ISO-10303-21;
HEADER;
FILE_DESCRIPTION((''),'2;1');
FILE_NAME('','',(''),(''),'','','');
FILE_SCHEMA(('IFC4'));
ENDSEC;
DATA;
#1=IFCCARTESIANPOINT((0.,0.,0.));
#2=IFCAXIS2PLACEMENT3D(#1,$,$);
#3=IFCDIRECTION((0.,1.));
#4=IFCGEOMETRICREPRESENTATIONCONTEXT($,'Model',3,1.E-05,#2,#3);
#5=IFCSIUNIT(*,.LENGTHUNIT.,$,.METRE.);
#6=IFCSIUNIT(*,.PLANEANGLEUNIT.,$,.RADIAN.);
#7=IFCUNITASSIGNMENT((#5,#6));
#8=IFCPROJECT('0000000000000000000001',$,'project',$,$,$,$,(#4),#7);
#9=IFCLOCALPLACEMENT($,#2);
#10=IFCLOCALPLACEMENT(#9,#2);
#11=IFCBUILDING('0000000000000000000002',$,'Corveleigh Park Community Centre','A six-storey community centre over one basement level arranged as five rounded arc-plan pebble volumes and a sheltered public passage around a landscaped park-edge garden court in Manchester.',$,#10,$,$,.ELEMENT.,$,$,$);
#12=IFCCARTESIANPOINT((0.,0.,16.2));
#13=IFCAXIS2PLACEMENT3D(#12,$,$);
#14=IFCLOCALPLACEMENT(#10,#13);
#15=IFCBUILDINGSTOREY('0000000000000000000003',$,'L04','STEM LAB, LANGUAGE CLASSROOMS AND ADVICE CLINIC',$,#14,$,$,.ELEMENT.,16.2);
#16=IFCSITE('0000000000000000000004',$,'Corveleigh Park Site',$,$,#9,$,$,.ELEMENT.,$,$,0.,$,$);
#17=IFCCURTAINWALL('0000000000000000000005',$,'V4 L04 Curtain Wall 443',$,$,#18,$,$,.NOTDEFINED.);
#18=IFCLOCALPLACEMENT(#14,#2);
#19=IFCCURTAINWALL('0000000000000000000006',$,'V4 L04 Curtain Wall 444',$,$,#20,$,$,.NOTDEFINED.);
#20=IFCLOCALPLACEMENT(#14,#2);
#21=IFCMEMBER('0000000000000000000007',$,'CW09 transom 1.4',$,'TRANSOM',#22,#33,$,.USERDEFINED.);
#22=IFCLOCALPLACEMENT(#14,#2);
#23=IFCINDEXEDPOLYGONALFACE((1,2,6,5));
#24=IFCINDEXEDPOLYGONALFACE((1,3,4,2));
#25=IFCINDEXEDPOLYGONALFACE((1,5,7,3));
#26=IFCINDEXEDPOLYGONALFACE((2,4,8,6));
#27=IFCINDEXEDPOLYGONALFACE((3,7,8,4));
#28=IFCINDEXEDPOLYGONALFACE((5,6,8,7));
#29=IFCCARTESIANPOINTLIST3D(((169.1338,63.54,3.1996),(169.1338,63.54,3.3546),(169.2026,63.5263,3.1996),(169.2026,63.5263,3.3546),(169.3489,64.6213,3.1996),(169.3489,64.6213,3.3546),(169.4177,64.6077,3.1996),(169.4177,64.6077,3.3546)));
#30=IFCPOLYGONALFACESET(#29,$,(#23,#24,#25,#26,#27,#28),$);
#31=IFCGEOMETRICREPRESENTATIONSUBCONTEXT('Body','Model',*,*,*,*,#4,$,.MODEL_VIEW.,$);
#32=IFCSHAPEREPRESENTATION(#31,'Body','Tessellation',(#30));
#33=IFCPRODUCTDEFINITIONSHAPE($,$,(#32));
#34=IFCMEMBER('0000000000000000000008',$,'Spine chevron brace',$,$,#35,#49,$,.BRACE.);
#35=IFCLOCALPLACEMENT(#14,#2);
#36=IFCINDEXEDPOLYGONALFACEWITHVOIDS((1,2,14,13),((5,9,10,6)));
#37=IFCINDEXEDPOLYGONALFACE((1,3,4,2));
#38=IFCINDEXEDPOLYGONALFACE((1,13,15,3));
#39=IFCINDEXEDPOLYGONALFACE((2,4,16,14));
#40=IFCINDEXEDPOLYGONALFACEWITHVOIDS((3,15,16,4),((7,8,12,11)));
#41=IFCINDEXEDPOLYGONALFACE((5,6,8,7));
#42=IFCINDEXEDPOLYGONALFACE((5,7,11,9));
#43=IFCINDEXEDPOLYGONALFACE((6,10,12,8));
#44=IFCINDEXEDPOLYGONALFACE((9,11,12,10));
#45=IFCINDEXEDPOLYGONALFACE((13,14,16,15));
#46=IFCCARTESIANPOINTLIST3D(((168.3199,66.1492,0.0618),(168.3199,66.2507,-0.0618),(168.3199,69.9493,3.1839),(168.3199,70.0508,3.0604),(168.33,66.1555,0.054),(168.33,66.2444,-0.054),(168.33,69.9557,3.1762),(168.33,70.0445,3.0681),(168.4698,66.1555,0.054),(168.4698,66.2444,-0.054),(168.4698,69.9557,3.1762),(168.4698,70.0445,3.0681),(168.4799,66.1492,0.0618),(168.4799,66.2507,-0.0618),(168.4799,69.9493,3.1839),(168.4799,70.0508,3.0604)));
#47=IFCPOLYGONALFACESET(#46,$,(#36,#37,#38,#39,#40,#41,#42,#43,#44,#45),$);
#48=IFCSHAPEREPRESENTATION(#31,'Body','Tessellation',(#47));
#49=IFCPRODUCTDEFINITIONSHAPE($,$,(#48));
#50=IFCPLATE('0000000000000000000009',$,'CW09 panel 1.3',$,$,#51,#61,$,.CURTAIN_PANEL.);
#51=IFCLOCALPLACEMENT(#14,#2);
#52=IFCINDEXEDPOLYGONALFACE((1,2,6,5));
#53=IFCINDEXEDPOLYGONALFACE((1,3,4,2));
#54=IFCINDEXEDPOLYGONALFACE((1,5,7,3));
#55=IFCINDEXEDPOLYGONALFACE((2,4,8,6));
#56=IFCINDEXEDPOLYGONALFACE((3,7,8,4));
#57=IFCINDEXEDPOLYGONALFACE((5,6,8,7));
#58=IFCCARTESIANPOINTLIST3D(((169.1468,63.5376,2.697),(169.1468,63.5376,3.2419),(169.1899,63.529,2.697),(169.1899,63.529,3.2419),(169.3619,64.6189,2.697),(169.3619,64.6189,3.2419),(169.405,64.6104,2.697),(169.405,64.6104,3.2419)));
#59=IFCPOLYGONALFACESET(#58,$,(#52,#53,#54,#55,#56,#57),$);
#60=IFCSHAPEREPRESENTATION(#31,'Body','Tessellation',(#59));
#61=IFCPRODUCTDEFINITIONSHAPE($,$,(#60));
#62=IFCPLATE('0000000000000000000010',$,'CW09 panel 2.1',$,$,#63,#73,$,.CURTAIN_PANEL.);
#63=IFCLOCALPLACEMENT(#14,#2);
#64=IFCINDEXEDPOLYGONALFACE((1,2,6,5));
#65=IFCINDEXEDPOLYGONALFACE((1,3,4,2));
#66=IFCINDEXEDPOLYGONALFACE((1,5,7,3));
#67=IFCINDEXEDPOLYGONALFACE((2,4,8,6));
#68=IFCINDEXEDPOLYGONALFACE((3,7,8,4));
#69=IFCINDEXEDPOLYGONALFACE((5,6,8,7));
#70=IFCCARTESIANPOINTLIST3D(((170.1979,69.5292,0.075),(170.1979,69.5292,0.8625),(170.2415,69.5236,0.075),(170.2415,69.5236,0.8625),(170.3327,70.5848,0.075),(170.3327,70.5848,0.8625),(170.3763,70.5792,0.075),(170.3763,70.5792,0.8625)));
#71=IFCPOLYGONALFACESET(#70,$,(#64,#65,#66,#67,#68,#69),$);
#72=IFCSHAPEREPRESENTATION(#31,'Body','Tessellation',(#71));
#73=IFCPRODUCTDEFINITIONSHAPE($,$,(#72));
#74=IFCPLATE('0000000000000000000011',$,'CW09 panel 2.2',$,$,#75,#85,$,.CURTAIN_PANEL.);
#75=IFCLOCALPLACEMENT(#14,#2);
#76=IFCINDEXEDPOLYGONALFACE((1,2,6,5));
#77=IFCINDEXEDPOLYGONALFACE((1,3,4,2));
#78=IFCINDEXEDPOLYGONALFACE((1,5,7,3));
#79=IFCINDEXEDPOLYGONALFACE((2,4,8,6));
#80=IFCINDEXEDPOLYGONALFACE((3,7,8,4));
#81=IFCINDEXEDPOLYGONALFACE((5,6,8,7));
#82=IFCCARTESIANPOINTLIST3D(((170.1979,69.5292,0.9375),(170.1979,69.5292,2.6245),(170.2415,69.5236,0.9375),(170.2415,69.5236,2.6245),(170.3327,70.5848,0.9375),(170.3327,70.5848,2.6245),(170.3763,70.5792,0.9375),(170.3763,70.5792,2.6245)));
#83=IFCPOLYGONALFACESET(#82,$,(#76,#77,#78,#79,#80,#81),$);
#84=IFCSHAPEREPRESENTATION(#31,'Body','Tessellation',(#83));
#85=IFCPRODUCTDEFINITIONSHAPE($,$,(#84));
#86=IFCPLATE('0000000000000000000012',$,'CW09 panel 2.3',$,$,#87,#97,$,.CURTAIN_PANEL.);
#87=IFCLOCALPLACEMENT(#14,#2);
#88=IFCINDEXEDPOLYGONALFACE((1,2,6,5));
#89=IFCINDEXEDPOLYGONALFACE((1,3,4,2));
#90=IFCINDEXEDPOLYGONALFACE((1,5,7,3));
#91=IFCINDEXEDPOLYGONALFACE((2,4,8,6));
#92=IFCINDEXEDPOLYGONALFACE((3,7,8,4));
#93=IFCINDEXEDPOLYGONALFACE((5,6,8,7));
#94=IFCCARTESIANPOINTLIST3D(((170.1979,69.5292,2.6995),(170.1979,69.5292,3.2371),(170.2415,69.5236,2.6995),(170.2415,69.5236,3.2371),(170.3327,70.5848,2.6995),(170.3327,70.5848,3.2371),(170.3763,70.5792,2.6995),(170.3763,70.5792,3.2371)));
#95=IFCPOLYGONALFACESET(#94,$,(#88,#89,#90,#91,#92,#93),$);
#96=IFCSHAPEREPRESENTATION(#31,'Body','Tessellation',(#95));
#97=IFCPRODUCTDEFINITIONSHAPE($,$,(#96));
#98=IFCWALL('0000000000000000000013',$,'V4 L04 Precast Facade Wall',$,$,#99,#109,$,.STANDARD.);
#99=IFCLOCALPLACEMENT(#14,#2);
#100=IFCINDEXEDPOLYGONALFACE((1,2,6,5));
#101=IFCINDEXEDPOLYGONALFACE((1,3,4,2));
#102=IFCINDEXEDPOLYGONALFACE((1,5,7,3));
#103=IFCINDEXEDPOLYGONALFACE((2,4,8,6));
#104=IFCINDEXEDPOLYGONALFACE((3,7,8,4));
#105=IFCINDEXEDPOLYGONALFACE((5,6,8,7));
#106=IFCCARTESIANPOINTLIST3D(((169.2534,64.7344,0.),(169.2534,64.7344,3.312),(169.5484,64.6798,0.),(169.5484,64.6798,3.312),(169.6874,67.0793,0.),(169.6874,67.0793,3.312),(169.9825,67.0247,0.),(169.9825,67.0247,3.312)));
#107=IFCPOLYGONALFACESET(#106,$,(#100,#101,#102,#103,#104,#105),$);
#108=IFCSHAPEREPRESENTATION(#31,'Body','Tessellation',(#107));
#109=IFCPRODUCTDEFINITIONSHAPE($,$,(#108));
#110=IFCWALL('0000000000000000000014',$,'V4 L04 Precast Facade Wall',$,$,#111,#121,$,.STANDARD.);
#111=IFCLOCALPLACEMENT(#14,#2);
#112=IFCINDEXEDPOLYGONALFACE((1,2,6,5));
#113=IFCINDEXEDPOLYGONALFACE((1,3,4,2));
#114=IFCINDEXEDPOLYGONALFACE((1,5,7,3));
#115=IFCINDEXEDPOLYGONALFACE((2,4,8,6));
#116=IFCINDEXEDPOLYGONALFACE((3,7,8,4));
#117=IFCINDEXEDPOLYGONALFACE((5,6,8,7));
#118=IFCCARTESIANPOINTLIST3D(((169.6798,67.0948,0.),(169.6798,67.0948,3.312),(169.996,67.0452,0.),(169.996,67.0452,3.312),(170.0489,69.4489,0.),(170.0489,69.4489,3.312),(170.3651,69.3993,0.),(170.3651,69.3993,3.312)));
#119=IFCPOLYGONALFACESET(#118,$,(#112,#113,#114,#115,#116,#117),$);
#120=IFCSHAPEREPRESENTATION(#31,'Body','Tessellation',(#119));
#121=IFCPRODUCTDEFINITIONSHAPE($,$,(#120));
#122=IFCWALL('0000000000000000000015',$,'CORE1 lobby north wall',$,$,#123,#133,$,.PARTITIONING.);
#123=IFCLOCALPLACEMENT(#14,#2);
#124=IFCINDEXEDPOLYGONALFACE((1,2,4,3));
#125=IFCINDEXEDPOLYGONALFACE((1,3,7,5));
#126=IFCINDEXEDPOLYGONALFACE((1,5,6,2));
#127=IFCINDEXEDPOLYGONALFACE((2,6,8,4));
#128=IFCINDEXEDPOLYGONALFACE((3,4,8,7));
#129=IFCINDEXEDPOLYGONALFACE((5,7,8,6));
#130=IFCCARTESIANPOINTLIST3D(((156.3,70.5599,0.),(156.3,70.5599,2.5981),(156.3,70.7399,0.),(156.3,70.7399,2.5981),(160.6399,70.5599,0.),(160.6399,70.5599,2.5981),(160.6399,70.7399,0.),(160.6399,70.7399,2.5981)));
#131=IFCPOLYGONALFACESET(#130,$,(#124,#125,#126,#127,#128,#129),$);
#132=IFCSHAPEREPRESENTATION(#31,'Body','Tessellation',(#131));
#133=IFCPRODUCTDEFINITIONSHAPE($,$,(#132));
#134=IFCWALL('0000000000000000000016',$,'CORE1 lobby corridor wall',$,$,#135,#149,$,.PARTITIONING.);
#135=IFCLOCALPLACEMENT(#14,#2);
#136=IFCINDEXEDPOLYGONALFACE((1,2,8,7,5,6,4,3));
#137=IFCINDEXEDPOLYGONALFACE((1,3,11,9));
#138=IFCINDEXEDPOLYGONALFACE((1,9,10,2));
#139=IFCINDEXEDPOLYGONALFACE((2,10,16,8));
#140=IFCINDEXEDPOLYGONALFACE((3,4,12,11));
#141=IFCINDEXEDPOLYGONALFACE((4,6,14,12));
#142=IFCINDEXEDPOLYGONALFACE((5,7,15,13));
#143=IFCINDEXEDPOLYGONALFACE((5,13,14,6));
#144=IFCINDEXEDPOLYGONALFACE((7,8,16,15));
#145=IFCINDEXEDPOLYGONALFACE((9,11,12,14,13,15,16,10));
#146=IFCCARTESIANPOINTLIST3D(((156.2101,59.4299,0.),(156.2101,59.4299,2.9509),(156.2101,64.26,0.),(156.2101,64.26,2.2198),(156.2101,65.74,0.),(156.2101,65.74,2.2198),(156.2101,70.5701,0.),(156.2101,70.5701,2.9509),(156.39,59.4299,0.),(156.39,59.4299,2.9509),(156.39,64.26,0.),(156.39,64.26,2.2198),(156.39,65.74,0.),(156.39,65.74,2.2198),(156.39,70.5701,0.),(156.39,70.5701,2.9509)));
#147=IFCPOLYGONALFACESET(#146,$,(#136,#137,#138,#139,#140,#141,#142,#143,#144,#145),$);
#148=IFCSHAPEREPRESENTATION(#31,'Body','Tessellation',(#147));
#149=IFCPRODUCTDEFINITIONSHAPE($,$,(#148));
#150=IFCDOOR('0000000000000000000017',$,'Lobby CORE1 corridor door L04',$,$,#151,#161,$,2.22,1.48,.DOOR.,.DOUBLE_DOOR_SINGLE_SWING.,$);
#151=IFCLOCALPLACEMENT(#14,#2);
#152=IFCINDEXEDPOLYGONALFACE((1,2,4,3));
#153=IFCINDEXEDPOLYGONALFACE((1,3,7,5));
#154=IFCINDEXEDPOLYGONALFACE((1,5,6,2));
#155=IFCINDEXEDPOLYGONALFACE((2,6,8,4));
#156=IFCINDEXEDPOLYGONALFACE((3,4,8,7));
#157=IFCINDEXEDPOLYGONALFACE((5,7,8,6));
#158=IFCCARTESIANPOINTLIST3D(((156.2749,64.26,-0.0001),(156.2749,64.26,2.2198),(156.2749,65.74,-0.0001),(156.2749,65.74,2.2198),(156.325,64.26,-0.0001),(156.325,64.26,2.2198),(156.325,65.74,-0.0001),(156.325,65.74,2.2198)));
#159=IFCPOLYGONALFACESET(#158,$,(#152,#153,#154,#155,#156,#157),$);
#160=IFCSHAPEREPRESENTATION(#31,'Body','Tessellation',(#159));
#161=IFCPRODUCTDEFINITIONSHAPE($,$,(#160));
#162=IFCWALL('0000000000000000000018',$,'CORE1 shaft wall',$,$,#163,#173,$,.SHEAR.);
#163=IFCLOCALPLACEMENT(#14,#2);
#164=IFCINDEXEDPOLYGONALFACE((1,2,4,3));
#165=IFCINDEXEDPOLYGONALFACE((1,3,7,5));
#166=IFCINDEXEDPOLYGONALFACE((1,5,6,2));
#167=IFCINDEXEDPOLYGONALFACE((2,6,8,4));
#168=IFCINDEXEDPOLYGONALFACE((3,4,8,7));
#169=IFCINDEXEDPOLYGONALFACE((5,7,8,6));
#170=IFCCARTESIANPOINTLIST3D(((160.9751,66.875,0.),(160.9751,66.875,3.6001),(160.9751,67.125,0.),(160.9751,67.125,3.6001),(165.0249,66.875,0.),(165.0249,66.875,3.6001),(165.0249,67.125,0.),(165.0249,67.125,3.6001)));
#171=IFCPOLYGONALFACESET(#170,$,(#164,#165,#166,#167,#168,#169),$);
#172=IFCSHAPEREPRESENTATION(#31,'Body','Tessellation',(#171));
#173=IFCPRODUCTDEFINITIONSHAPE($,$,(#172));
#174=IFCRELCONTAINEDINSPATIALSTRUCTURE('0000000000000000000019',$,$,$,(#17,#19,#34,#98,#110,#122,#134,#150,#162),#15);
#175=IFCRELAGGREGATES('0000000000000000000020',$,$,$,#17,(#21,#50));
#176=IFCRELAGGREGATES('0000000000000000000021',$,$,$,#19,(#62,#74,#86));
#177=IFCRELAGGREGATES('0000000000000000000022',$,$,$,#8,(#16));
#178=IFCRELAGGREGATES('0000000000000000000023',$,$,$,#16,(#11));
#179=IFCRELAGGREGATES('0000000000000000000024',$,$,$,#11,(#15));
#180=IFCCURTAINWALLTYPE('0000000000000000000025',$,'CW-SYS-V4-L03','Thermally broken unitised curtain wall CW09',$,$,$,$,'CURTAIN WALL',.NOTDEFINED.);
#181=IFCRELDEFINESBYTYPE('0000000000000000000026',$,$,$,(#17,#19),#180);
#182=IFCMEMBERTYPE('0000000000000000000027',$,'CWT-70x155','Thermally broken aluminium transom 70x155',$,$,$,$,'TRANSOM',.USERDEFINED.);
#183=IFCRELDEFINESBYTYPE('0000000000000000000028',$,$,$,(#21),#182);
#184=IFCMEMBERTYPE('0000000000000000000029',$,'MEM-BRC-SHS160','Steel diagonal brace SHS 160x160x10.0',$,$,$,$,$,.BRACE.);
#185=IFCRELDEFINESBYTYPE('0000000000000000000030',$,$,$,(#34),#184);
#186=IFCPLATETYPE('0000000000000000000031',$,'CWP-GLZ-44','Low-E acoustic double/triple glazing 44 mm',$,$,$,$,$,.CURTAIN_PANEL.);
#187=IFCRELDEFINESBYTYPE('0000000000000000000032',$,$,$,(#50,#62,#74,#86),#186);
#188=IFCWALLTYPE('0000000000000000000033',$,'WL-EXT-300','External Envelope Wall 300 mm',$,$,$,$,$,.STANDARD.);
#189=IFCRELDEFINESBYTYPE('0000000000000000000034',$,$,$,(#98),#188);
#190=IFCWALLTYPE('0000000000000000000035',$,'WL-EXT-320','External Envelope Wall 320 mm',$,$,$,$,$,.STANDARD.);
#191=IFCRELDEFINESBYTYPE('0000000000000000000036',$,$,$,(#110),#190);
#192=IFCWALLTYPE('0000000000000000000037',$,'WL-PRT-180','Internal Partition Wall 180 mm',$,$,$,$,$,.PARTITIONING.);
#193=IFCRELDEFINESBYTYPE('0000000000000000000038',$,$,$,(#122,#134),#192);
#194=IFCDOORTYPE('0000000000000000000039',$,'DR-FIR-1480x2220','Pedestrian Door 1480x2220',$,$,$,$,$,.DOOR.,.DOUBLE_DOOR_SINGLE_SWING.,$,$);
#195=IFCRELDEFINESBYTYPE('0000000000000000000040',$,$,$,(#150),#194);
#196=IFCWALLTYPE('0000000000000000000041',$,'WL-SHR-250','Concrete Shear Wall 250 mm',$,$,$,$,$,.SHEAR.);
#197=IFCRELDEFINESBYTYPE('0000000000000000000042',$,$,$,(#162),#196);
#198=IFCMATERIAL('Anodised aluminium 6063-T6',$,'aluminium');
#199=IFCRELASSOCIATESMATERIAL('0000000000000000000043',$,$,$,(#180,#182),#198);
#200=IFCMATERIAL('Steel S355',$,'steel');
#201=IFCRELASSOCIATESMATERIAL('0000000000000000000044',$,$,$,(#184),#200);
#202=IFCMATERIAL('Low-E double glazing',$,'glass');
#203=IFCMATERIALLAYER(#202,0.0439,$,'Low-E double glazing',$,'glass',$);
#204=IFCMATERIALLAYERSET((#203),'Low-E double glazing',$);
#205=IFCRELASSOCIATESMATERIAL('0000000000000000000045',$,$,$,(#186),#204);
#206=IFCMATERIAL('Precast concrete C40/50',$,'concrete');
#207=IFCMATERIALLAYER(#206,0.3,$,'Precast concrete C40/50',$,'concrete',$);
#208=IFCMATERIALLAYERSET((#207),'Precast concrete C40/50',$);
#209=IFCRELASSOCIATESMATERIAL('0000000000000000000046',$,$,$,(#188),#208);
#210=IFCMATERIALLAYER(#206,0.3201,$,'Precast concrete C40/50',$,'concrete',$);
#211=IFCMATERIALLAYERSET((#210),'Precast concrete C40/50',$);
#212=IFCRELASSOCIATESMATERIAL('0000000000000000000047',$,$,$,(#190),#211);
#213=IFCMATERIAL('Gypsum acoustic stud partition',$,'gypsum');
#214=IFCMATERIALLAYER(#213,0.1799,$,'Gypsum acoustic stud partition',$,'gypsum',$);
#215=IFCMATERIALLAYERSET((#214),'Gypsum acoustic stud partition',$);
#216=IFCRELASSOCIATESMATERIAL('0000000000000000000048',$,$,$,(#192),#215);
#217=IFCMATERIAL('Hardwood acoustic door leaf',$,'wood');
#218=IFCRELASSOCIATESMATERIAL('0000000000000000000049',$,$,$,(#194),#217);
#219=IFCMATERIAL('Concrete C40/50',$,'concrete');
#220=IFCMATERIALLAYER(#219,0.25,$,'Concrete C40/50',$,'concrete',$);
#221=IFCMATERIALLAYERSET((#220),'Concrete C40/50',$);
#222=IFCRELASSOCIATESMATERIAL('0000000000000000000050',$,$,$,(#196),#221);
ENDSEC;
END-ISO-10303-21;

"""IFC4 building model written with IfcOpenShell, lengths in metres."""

from ifc_helpers import new_model, si_unit, direction, frame, frame_2d, origin, origin_2d, place, context, subcontext, project, spatial, rectangle, hollow_rectangle, extrude, material, layer, layer_set, material_profile, profile_set, type_object, element, fill, aggregate, save


model = new_model("IFC4")

# Units and contexts
model_context = context("Model", 3, precision=1e-05, world=origin(), true_north=direction((0.0, 1.0)))
body_context = subcontext(model_context, "Body", "Model", "MODEL_VIEW")
ifc_project = project(units=[si_unit("LENGTHUNIT", "METRE"), si_unit("PLANEANGLEUNIT", "RADIAN")], contexts=[model_context])

# Site, building, storey
site_placement = place(None, origin())
site = spatial("IfcSite", under=ifc_project, at=site_placement, Name="Corveleigh Park Site", CompositionType="ELEMENT", RefElevation=0.0)
building_placement = place(site_placement, origin())
building = spatial("IfcBuilding", under=site, at=building_placement, Name="Corveleigh Park Community Centre", Description="A six-storey community centre over one basement level arranged as five rounded arc-plan pebble volumes and a sheltered public passage around a landscaped park-edge garden court in Manchester.", CompositionType="ELEMENT")
storey_placement = place(building_placement, frame((0.0, 0.0, 16.2)))
storey = spatial("IfcBuildingStorey", under=building, at=storey_placement, Name="L04", Description="STEM LAB, LANGUAGE CLASSROOMS AND ADVICE CLINIC", CompositionType="ELEMENT", Elevation=16.2)

# Shared definitions
ifc_material_1 = material(Name="Concrete C40/50", Category="concrete")
ifc_material_2 = material(Name="Steel S355", Category="steel")

# Curtain walls
ifc_material_3 = material(Name="Anodised aluminium 6063-T6", Category="aluminium")
curtain_wall_type = type_object("IfcCurtainWallType", Name="CW-SYS-V4-L03", Description="Thermally broken unitised curtain wall CW09", ElementType="CURTAIN WALL", PredefinedType="NOTDEFINED", material=ifc_material_3)
curtain_wall_1_placement = place(storey_placement, origin())
curtain_wall_1 = element("IfcCurtainWall", 1, at=curtain_wall_1_placement, inside=storey, type_object=curtain_wall_type, Name="V4 L04 Curtain Wall 443", PredefinedType="NOTDEFINED")
curtain_wall_2_placement = place(storey_placement, origin())
curtain_wall_2 = element("IfcCurtainWall", 2, at=curtain_wall_2_placement, inside=storey, type_object=curtain_wall_type, Name="V4 L04 Curtain Wall 444", PredefinedType="NOTDEFINED")

# Members
ifc_material_profile_1 = material_profile(ifc_material_3, rectangle(XDim=0.0701, YDim=0.155, at=origin_2d()), Name="ALU-T70x155", Category="aluminium")
ifc_profile_set_1 = profile_set([ifc_material_profile_1], Name="Anodised aluminium 6063-T6")
member_type_1 = type_object("IfcMemberType", Name="CWT-70x155", Description="Thermally broken aluminium transom 70x155", ElementType="TRANSOM", PredefinedType="USERDEFINED", material=ifc_profile_set_1)
member_1_placement = place(storey_placement, frame((169.3833, 64.6145, 3.2771), z_axis=(-0.195094, -0.980785, 0.0), x_axis=(0.980785, -0.195094, 0.0)))
member_1 = element("IfcMember", 3, at=member_1_placement, type_object=member_type_1, Name="CW09 transom 1.4", ObjectType="TRANSOM", PredefinedType="USERDEFINED", context=body_context, shape_type="SweptSolid", body=[
    extrude(rectangle(XDim=0.0701, YDim=0.155, at=origin_2d()), origin(), (0.0, 0.0, 1.0), 1.1025),
])
ifc_material_profile_2 = material_profile(ifc_material_2, hollow_rectangle(XDim=0.1599, YDim=0.1599, WallThickness=0.01, at=origin_2d()), Name="SHS 160x160x10.0", Category="steel")
ifc_profile_set_2 = profile_set([ifc_material_profile_2], Name="Steel S355")
member_type_2 = type_object("IfcMemberType", Name="MEM-BRC-SHS160", Description="Steel diagonal brace SHS 160x160x10.0", PredefinedType="BRACE", material=ifc_profile_set_2)
member_2_placement = place(storey_placement, frame((168.3999, 66.2, 0.0), z_axis=(0.0, 0.772666, 0.634812), x_axis=(-1.0, 0.0, 0.0)))
element("IfcMember", 4, at=member_2_placement, inside=storey, type_object=member_type_2, Name="Spine chevron brace", PredefinedType="BRACE", context=body_context, shape_type="SweptSolid", body=[
    extrude(hollow_rectangle(XDim=0.1599, YDim=0.1599, WallThickness=0.01, at=origin_2d()), origin(), (0.0, 0.0, 1.0), 4.9182),
])

# Plates
ifc_material_4 = material(Name="Low-E double glazing", Category="glass")
ifc_layer_1 = layer(ifc_material_4, 0.0439, Name="Low-E double glazing", Category="glass")
ifc_layer_set_1 = layer_set([ifc_layer_1], Name="Low-E double glazing")
plate_type = type_object("IfcPlateType", Name="CWP-GLZ-44", Description="Low-E acoustic double/triple glazing 44 mm", PredefinedType="CURTAIN_PANEL", material=ifc_layer_set_1)
plate_1_placement = place(storey_placement, frame((169.2759, 64.074, 2.697), z_axis=(0.0, 0.0, 1.0), x_axis=(-0.195094, -0.980785, 0.0)))
plate_1 = element("IfcPlate", 5, at=plate_1_placement, type_object=plate_type, Name="CW09 panel 1.3", PredefinedType="CURTAIN_PANEL", context=body_context, shape_type="SweptSolid", body=[
    extrude(rectangle(XDim=1.1025, YDim=0.0439, at=origin_2d()), origin(), (0.0, 0.0, 1.0), 0.5449),
])
aggregate(curtain_wall_1, [member_1, plate_1])
plate_2_placement = place(storey_placement, frame((170.2871, 70.0542, 0.075), z_axis=(0.0, 0.0, 1.0), x_axis=(-0.12672, -0.991939, 0.0)))
plate_2 = element("IfcPlate", 6, at=plate_2_placement, type_object=plate_type, Name="CW09 panel 2.1", PredefinedType="CURTAIN_PANEL", context=body_context, shape_type="SweptSolid", body=[
    extrude(rectangle(XDim=1.0642, YDim=0.0439, at=origin_2d()), origin(), (0.0, 0.0, 1.0), 0.7876),
])
plate_3_placement = place(storey_placement, frame((170.2871, 70.0542, 0.9375), z_axis=(0.0, 0.0, 1.0), x_axis=(-0.12672, -0.991939, 0.0)))
plate_3 = element("IfcPlate", 7, at=plate_3_placement, type_object=plate_type, Name="CW09 panel 2.2", PredefinedType="CURTAIN_PANEL", context=body_context, shape_type="SweptSolid", body=[
    extrude(rectangle(XDim=1.0642, YDim=0.0439, at=origin_2d()), origin(), (0.0, 0.0, 1.0), 1.687),
])
plate_4_placement = place(storey_placement, frame((170.2871, 70.0542, 2.6995), z_axis=(0.0, 0.0, 1.0), x_axis=(-0.12672, -0.991939, 0.0)))
plate_4 = element("IfcPlate", 8, at=plate_4_placement, type_object=plate_type, Name="CW09 panel 2.3", PredefinedType="CURTAIN_PANEL", context=body_context, shape_type="SweptSolid", body=[
    extrude(rectangle(XDim=1.0642, YDim=0.0439, at=origin_2d()), origin(), (0.0, 0.0, 1.0), 0.5376),
])
aggregate(curtain_wall_2, [plate_2, plate_3, plate_4])

# Walls
ifc_material_5 = material(Name="Precast concrete C40/50", Category="concrete")
ifc_layer_2 = layer(ifc_material_5, 0.3, Name="Precast concrete C40/50", Category="concrete")
ifc_layer_set_2 = layer_set([ifc_layer_2], Name="Precast concrete C40/50")
wall_type_1 = type_object("IfcWallType", Name="WL-EXT-300", Description="External Envelope Wall 300 mm", PredefinedType="STANDARD", material=ifc_layer_set_2)
wall_1_placement = place(storey_placement, frame((169.835, 67.052, 0.0), z_axis=(0.0, 0.0, 1.0), x_axis=(-0.18202, -0.983295, 0.0)))
element("IfcWall", 9, at=wall_1_placement, inside=storey, type_object=wall_type_1, Name="V4 L04 Precast Facade Wall", PredefinedType="STANDARD", context=body_context, shape_type="SweptSolid", body=[
    extrude(rectangle(XDim=2.3848, YDim=0.3, at=frame_2d((1.1924, 0.0))), origin(), (0.0, 0.0, 1.0), 3.312),
])
ifc_layer_3 = layer(ifc_material_5, 0.3201, Name="Precast concrete C40/50", Category="concrete")
ifc_layer_set_3 = layer_set([ifc_layer_3], Name="Precast concrete C40/50")
wall_type_2 = type_object("IfcWallType", Name="WL-EXT-320", Description="External Envelope Wall 320 mm", PredefinedType="STANDARD", material=ifc_layer_set_3)
wall_2_placement = place(storey_placement, frame((170.207, 69.4241, 0.0), z_axis=(0.0, 0.0, 1.0), x_axis=(-0.154921, -0.987927, 0.0)))
element("IfcWall", 10, at=wall_2_placement, inside=storey, type_object=wall_type_2, Name="V4 L04 Precast Facade Wall", PredefinedType="STANDARD", context=body_context, shape_type="SweptSolid", body=[
    extrude(rectangle(XDim=2.3828, YDim=0.3201, at=frame_2d((1.1914, 0.0))), origin(), (0.0, 0.0, 1.0), 3.312),
])
ifc_material_6 = material(Name="Gypsum acoustic stud partition", Category="gypsum")
ifc_layer_4 = layer(ifc_material_6, 0.1799, Name="Gypsum acoustic stud partition", Category="gypsum")
ifc_layer_set_4 = layer_set([ifc_layer_4], Name="Gypsum acoustic stud partition")
wall_type_3 = type_object("IfcWallType", Name="WL-PRT-180", Description="Internal Partition Wall 180 mm", PredefinedType="PARTITIONING", material=ifc_layer_set_4)
wall_3_placement = place(storey_placement, frame((160.6399, 70.6499, 0.0), z_axis=(0.0, 0.0, 1.0), x_axis=(-1.0, 0.0, 0.0)))
element("IfcWall", 11, at=wall_3_placement, inside=storey, type_object=wall_type_3, Name="CORE1 lobby north wall", PredefinedType="PARTITIONING", context=body_context, shape_type="SweptSolid", body=[
    extrude(rectangle(XDim=4.3398, YDim=0.1799, at=frame_2d((2.1699, 0.0))), origin(), (0.0, 0.0, 1.0), 2.5981),
])

# Wall, opening, door
wall_4_placement = place(storey_placement, frame((156.3, 70.5701, 0.0), z_axis=(0.0, 0.0, 1.0), x_axis=(0.0, -1.0, 0.0)))
wall_4 = element("IfcWall", 12, at=wall_4_placement, inside=storey, type_object=wall_type_3, Name="CORE1 lobby corridor wall", PredefinedType="PARTITIONING", context=body_context, shape_type="SweptSolid", body=[
    extrude(rectangle(XDim=11.1401, YDim=0.1799, at=frame_2d((5.5701, 0.0))), origin(), (0.0, 0.0, 1.0), 2.9509),
])
opening_1_placement = place(wall_4_placement, frame((4.8301, 0.0, 0.0)))
opening_1 = element("IfcOpeningElement", 13, at=opening_1_placement, cuts=wall_4, PredefinedType="OPENING", context=body_context, shape_type="SweptSolid", body=[
    extrude(rectangle(XDim=1.48, YDim=2.22, at=frame_2d((0.74, 1.1099))), frame((0.0, 0.0999, 0.0), z_axis=(0.0, -1.0, 0.0), x_axis=(1.0, 0.0, 0.0)), (0.0, 0.0, 1.0), 0.2),
])
ifc_material_7 = material(Name="Hardwood acoustic door leaf", Category="wood")
door_type_1 = type_object("IfcDoorType", Name="DR-FIR-1480x2220", Description="Pedestrian Door 1480x2220", OperationType="DOUBLE_DOOR_SINGLE_SWING", PredefinedType="DOOR", material=ifc_material_7)
door_1_placement = place(opening_1_placement, origin())
door_1 = element("IfcDoor", 14, at=door_1_placement, inside=storey, type_object=door_type_1, Name="Lobby CORE1 corridor door L04", OperationType="DOUBLE_DOOR_SINGLE_SWING", OverallHeight=2.22, OverallWidth=1.48, PredefinedType="DOOR", context=body_context, shape_type="SweptSolid", body=[
    extrude(rectangle(XDim=1.48, YDim=2.22, at=frame_2d((0.74, 1.1099))), frame((0.0, 0.0249, 0.0), z_axis=(0.0, -1.0, 0.0), x_axis=(1.0, 0.0, 0.0)), (0.0, 0.0, 1.0), 0.05),
])
fill(opening_1, door_1)

# Wall
ifc_layer_5 = layer(ifc_material_1, 0.25, Name="Concrete C40/50", Category="concrete")
ifc_layer_set_5 = layer_set([ifc_layer_5], Name="Concrete C40/50")
wall_type_4 = type_object("IfcWallType", Name="WL-SHR-250", Description="Concrete Shear Wall 250 mm", PredefinedType="SHEAR", material=ifc_layer_set_5)
wall_5_placement = place(storey_placement, frame((160.9751, 67.0, 0.0), z_axis=(0.0, 0.0, 1.0), x_axis=(1.0, 0.0, 0.0)))
element("IfcWall", 15, at=wall_5_placement, inside=storey, type_object=wall_type_4, Name="CORE1 shaft wall", PredefinedType="SHEAR", context=body_context, shape_type="SweptSolid", body=[
    extrude(rectangle(XDim=4.0498, YDim=0.25, at=frame_2d((2.0249, 0.0))), origin(), (0.0, 0.0, 1.0), 3.6001),
])

save(model, "model.ifc")
